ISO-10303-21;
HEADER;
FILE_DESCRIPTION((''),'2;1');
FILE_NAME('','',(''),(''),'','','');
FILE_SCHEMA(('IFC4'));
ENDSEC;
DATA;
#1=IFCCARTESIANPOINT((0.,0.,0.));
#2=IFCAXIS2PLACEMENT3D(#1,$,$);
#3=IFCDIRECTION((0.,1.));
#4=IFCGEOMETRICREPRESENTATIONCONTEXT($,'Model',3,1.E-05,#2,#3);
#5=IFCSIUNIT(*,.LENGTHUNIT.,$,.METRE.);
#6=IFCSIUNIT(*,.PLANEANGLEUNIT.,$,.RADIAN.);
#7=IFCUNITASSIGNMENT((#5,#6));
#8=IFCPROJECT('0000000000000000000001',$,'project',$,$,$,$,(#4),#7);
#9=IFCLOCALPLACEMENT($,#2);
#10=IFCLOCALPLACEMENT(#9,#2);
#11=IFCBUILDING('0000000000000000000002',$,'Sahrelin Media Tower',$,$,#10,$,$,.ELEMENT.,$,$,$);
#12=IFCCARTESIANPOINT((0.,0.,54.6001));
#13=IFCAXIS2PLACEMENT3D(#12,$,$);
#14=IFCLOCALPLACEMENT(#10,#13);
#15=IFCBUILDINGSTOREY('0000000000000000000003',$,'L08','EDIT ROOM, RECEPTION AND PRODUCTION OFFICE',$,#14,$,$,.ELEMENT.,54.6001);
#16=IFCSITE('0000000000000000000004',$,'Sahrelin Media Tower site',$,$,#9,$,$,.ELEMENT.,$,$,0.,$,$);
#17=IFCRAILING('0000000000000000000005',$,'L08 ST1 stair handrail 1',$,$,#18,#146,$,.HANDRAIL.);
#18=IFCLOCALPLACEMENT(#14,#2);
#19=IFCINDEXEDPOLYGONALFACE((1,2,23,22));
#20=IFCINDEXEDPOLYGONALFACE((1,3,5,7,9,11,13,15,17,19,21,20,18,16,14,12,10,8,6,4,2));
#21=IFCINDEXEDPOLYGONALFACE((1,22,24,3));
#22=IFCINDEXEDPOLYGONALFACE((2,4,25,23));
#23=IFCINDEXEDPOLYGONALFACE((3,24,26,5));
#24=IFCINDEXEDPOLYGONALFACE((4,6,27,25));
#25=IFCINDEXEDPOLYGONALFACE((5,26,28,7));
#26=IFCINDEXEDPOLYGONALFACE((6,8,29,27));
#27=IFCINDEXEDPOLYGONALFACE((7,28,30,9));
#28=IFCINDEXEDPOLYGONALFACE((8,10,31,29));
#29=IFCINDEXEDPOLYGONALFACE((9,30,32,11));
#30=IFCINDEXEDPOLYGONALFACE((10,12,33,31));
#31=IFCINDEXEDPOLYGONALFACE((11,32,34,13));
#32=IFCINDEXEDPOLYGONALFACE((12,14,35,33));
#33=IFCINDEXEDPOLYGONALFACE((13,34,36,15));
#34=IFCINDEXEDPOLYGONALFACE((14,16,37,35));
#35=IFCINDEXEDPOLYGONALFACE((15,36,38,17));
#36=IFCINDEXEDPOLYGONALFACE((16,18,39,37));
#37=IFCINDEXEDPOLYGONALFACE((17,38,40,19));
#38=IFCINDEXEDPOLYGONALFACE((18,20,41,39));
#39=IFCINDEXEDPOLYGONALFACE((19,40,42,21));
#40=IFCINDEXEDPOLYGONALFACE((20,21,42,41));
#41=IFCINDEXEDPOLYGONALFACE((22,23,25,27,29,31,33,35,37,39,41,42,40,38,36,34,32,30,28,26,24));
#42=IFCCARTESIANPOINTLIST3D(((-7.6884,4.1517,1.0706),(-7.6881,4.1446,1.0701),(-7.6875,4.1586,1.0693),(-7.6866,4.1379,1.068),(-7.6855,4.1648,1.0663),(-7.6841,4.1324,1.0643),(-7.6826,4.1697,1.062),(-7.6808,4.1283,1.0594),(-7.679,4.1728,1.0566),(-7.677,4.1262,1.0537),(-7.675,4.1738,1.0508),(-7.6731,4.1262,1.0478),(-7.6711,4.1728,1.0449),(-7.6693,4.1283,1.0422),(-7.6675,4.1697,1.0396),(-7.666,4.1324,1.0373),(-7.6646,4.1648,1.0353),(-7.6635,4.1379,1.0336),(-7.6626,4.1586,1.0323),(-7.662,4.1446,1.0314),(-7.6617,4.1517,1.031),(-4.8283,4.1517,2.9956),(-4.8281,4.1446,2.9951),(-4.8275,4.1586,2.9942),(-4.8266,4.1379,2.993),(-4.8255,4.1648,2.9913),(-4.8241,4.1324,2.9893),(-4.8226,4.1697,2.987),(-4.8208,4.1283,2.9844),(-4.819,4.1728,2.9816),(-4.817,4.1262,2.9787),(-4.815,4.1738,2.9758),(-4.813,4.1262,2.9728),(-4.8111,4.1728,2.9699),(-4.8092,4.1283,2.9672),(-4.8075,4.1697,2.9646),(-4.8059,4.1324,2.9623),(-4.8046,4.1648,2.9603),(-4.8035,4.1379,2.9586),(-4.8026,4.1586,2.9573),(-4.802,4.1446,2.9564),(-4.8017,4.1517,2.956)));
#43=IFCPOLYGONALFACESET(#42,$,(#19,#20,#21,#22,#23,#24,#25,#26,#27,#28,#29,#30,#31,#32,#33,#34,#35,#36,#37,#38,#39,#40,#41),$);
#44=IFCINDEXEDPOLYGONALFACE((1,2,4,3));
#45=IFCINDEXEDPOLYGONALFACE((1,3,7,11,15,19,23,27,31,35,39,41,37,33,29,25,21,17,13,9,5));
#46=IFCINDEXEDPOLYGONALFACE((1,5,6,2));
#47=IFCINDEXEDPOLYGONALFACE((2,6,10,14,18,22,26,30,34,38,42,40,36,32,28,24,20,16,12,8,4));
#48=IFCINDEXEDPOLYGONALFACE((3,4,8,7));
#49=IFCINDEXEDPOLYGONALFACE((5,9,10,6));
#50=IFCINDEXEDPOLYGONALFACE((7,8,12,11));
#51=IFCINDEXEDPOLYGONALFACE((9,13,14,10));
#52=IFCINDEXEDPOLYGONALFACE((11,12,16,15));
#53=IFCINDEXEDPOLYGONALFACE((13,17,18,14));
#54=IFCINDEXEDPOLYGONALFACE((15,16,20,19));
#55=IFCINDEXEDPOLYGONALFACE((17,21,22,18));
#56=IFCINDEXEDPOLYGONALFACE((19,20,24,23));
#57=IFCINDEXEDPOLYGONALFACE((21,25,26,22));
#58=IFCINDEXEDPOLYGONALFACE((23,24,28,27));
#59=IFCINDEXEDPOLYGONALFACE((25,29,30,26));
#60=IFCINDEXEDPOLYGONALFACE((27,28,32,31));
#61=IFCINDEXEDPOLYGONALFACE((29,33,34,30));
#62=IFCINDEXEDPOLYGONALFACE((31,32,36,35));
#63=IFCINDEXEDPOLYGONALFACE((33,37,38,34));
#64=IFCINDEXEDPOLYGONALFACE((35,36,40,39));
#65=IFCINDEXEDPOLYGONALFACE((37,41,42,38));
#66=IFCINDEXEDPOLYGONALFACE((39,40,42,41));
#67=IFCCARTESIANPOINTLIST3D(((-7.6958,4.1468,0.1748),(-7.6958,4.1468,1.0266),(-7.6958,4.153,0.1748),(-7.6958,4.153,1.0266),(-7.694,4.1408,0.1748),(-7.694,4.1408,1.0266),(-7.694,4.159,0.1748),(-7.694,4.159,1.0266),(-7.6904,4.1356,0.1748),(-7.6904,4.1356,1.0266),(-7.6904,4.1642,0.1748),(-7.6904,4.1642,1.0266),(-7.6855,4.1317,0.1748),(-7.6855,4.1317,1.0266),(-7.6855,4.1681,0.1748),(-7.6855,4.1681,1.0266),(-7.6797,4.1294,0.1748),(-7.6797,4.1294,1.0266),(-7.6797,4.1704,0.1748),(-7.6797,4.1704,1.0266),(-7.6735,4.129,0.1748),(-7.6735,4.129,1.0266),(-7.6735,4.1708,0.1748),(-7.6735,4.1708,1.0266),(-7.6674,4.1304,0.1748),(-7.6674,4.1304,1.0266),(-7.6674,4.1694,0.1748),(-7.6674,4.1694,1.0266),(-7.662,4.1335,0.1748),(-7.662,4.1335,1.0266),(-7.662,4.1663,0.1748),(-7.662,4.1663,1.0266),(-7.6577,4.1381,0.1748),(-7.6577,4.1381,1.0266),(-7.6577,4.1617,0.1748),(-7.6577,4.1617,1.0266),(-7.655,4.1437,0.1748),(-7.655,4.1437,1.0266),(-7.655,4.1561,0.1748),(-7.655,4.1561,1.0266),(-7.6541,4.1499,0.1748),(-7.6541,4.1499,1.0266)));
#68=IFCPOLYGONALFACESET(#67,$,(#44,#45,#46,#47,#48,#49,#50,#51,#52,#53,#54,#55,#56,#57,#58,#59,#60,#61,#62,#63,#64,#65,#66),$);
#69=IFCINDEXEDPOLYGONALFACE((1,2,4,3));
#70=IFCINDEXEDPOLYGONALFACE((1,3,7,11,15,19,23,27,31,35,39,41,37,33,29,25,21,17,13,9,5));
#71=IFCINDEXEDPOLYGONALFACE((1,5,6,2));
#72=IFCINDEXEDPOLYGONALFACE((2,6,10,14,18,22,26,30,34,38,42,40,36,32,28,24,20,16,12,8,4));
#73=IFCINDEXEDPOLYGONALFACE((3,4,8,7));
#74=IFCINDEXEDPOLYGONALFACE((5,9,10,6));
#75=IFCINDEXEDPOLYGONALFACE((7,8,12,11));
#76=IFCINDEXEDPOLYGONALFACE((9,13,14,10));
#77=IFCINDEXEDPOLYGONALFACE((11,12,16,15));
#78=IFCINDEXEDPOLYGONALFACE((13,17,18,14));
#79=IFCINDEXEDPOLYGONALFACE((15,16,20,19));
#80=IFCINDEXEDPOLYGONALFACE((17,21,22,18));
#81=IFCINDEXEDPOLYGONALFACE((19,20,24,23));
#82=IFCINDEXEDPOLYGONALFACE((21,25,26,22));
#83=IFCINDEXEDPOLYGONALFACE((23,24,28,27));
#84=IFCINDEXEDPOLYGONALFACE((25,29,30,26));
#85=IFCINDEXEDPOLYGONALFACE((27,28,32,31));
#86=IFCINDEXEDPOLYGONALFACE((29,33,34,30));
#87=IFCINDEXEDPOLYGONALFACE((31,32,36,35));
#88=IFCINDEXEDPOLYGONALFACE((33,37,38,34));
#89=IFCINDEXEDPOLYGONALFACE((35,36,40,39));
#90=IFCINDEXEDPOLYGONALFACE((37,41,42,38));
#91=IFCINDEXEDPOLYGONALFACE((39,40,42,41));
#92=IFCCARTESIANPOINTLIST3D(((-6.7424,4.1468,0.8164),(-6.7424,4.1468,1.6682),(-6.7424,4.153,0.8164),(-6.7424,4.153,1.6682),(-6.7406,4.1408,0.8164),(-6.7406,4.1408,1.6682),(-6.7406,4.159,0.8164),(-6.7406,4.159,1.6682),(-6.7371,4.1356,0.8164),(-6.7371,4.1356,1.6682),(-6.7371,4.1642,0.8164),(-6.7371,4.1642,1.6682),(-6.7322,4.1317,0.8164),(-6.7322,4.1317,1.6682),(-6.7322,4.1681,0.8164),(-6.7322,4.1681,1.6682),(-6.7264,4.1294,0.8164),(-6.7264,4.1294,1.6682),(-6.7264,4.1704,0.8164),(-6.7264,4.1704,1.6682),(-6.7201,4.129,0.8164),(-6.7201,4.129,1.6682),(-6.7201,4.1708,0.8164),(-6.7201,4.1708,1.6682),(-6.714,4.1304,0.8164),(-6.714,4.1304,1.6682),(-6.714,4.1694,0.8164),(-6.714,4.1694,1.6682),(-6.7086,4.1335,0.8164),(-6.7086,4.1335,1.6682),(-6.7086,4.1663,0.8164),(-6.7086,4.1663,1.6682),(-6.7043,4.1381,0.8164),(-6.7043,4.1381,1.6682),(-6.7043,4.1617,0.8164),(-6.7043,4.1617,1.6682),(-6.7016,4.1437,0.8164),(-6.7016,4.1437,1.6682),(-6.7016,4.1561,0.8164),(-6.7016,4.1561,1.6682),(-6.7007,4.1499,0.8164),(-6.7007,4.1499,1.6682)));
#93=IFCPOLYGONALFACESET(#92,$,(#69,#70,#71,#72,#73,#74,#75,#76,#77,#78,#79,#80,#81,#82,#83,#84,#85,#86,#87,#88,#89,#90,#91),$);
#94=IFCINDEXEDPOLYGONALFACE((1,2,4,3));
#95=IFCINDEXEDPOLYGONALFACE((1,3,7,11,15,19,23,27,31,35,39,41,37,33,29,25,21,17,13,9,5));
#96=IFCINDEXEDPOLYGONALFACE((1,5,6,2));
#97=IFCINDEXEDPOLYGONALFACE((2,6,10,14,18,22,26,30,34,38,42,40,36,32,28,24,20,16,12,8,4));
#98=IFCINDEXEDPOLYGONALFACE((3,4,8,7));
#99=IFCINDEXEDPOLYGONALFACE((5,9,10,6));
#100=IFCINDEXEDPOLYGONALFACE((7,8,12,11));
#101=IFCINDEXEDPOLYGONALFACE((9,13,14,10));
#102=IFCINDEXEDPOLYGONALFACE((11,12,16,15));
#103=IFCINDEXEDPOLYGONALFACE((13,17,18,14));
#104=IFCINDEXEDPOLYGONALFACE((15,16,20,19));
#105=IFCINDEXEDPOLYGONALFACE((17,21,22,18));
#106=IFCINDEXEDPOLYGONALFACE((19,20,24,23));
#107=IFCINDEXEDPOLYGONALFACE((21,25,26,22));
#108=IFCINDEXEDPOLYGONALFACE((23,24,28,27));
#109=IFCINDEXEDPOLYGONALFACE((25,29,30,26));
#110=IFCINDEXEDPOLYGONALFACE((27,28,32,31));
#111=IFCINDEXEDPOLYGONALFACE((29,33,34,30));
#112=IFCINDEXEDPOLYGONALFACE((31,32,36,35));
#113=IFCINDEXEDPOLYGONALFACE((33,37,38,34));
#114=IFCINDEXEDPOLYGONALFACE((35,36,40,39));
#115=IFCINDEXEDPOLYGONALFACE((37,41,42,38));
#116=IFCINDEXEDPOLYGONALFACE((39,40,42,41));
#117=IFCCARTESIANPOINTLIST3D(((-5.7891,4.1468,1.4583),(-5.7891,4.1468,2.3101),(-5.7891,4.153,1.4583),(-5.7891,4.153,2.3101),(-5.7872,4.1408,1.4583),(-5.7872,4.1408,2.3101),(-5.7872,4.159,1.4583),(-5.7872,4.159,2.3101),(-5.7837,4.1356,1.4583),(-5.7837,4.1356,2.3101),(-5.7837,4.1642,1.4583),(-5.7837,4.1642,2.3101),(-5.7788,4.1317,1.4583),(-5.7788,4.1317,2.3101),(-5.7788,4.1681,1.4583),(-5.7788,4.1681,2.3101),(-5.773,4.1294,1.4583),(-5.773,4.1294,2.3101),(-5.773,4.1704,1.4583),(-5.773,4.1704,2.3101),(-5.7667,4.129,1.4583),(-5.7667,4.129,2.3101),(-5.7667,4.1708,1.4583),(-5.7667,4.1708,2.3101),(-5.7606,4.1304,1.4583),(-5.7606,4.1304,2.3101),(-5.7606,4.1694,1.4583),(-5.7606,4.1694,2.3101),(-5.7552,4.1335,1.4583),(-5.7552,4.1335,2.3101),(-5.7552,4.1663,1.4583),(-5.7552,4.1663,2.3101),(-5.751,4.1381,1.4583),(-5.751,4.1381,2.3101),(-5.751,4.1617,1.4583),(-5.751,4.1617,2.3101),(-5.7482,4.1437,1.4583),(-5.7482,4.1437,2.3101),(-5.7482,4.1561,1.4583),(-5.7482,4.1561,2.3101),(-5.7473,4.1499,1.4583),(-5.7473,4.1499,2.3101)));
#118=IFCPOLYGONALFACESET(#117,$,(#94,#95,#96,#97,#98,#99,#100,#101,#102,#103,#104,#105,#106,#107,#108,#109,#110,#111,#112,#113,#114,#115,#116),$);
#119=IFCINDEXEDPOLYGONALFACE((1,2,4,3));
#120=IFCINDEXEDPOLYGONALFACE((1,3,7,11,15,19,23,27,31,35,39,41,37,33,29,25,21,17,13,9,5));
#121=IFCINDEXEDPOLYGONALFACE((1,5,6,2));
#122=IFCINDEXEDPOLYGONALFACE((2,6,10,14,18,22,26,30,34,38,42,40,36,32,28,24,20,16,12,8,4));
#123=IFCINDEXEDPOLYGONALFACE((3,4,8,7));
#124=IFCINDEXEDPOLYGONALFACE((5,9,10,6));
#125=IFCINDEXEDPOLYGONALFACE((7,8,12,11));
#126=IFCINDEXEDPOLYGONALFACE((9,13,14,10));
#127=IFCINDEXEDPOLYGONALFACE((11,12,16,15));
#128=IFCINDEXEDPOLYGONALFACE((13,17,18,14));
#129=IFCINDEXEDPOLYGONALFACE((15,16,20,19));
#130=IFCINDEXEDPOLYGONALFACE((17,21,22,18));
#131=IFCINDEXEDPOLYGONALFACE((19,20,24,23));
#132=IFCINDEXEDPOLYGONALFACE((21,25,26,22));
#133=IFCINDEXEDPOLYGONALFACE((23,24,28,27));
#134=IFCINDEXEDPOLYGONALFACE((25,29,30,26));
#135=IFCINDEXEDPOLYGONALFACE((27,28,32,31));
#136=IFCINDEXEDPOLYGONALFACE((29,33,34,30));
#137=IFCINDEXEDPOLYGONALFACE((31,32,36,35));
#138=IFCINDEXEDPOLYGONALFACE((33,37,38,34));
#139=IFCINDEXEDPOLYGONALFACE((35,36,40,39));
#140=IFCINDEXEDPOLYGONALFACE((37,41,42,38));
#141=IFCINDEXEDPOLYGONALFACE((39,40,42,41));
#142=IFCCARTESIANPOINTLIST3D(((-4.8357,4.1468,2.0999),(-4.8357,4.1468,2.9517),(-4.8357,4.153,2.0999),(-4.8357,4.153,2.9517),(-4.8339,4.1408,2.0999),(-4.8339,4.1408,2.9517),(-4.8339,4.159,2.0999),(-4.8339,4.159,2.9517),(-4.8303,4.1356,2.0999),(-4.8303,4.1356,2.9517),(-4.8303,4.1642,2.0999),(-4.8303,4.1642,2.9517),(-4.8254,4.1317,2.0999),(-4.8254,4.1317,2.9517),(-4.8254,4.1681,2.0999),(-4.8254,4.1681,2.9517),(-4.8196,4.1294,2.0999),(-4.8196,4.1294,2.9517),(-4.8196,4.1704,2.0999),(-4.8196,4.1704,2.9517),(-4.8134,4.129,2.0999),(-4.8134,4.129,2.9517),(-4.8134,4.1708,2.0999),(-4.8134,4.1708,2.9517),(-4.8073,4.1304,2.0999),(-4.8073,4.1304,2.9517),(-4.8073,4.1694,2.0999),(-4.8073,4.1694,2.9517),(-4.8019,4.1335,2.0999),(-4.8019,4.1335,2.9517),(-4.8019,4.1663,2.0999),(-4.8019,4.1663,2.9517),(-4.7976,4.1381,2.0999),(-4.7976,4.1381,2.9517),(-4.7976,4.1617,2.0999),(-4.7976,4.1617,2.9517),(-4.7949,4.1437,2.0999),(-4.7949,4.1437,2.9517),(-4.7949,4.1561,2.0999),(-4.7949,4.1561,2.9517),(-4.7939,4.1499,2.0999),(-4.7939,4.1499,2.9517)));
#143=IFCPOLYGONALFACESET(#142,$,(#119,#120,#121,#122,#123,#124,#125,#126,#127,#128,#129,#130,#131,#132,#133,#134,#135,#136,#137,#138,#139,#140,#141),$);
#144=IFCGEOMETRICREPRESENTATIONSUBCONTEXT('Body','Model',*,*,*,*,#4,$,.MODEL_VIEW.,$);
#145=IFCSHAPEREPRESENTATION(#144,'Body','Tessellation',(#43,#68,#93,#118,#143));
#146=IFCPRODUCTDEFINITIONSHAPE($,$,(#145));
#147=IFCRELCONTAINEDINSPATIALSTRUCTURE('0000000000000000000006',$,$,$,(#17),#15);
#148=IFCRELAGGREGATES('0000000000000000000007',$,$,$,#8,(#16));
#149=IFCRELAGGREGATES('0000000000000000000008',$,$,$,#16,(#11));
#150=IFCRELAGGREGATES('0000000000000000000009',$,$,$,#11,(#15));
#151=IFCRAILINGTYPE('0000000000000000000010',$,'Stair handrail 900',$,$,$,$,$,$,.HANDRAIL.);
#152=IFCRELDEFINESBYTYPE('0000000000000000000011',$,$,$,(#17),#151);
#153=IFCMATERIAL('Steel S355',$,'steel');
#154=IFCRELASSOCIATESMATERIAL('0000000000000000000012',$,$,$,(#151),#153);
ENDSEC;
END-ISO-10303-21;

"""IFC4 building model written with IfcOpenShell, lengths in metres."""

from ifc_helpers import new_model, si_unit, direction, frame, origin, origin_2d, place, context, subcontext, project, spatial, circle, extrude, material, type_object, element, save


model = new_model("IFC4")

# Units and contexts
model_context = context("Model", 3, precision=1e-05, world=origin(), true_north=direction((0.0, 1.0)))
body_context = subcontext(model_context, "Body", "Model", "MODEL_VIEW")
ifc_project = project(units=[si_unit("LENGTHUNIT", "METRE"), si_unit("PLANEANGLEUNIT", "RADIAN")], contexts=[model_context])

# Site, building, storey
site_placement = place(None, origin())
site = spatial("IfcSite", under=ifc_project, at=site_placement, Name="Sahrelin Media Tower site", CompositionType="ELEMENT", RefElevation=0.0)
building_placement = place(site_placement, origin())
building = spatial("IfcBuilding", under=site, at=building_placement, Name="Sahrelin Media Tower", CompositionType="ELEMENT")
storey_placement = place(building_placement, frame((0.0, 0.0, 54.6001)))
storey = spatial("IfcBuildingStorey", under=building, at=storey_placement, Name="L08", Description="EDIT ROOM, RECEPTION AND PRODUCTION OFFICE", CompositionType="ELEMENT", Elevation=54.6001)

# Shared definitions
ifc_material_1 = material(Name="Steel S355", Category="steel")

# Railing
railing_type_1 = type_object("IfcRailingType", Name="Stair handrail 900", PredefinedType="HANDRAIL", material=ifc_material_1)
railing_1_placement = place(storey_placement, frame((-7.675, 4.1499, 0.1748)))
element("IfcRailing", 1, at=railing_1_placement, inside=storey, type_object=railing_type_1, Name="L08 ST1 stair handrail 1", PredefinedType="HANDRAIL", context=body_context, shape_type="SweptSolid", body=[
    extrude(circle(Radius=0.0239, at=origin_2d()), frame((0.0, 0.0, 0.876), z_axis=(0.829591, 0.0, 0.558372), x_axis=(0.0, 1.0, 0.0)), (0.0, 0.0, 1.0), 3.4475),
    extrude(circle(Radius=0.021, at=origin_2d()), origin(), (0.0, 0.0, 1.0), 0.8518),
    extrude(circle(Radius=0.021, at=origin_2d()), frame((0.9534, 0.0, 0.6416)), (0.0, 0.0, 1.0), 0.8518),
    extrude(circle(Radius=0.021, at=origin_2d()), frame((1.9067, 0.0, 1.2834)), (0.0, 0.0, 1.0), 0.8518),
    extrude(circle(Radius=0.021, at=origin_2d()), frame((2.8601, 0.0, 1.925)), (0.0, 0.0, 1.0), 0.8518),
])

save(model, "model.ifc")
